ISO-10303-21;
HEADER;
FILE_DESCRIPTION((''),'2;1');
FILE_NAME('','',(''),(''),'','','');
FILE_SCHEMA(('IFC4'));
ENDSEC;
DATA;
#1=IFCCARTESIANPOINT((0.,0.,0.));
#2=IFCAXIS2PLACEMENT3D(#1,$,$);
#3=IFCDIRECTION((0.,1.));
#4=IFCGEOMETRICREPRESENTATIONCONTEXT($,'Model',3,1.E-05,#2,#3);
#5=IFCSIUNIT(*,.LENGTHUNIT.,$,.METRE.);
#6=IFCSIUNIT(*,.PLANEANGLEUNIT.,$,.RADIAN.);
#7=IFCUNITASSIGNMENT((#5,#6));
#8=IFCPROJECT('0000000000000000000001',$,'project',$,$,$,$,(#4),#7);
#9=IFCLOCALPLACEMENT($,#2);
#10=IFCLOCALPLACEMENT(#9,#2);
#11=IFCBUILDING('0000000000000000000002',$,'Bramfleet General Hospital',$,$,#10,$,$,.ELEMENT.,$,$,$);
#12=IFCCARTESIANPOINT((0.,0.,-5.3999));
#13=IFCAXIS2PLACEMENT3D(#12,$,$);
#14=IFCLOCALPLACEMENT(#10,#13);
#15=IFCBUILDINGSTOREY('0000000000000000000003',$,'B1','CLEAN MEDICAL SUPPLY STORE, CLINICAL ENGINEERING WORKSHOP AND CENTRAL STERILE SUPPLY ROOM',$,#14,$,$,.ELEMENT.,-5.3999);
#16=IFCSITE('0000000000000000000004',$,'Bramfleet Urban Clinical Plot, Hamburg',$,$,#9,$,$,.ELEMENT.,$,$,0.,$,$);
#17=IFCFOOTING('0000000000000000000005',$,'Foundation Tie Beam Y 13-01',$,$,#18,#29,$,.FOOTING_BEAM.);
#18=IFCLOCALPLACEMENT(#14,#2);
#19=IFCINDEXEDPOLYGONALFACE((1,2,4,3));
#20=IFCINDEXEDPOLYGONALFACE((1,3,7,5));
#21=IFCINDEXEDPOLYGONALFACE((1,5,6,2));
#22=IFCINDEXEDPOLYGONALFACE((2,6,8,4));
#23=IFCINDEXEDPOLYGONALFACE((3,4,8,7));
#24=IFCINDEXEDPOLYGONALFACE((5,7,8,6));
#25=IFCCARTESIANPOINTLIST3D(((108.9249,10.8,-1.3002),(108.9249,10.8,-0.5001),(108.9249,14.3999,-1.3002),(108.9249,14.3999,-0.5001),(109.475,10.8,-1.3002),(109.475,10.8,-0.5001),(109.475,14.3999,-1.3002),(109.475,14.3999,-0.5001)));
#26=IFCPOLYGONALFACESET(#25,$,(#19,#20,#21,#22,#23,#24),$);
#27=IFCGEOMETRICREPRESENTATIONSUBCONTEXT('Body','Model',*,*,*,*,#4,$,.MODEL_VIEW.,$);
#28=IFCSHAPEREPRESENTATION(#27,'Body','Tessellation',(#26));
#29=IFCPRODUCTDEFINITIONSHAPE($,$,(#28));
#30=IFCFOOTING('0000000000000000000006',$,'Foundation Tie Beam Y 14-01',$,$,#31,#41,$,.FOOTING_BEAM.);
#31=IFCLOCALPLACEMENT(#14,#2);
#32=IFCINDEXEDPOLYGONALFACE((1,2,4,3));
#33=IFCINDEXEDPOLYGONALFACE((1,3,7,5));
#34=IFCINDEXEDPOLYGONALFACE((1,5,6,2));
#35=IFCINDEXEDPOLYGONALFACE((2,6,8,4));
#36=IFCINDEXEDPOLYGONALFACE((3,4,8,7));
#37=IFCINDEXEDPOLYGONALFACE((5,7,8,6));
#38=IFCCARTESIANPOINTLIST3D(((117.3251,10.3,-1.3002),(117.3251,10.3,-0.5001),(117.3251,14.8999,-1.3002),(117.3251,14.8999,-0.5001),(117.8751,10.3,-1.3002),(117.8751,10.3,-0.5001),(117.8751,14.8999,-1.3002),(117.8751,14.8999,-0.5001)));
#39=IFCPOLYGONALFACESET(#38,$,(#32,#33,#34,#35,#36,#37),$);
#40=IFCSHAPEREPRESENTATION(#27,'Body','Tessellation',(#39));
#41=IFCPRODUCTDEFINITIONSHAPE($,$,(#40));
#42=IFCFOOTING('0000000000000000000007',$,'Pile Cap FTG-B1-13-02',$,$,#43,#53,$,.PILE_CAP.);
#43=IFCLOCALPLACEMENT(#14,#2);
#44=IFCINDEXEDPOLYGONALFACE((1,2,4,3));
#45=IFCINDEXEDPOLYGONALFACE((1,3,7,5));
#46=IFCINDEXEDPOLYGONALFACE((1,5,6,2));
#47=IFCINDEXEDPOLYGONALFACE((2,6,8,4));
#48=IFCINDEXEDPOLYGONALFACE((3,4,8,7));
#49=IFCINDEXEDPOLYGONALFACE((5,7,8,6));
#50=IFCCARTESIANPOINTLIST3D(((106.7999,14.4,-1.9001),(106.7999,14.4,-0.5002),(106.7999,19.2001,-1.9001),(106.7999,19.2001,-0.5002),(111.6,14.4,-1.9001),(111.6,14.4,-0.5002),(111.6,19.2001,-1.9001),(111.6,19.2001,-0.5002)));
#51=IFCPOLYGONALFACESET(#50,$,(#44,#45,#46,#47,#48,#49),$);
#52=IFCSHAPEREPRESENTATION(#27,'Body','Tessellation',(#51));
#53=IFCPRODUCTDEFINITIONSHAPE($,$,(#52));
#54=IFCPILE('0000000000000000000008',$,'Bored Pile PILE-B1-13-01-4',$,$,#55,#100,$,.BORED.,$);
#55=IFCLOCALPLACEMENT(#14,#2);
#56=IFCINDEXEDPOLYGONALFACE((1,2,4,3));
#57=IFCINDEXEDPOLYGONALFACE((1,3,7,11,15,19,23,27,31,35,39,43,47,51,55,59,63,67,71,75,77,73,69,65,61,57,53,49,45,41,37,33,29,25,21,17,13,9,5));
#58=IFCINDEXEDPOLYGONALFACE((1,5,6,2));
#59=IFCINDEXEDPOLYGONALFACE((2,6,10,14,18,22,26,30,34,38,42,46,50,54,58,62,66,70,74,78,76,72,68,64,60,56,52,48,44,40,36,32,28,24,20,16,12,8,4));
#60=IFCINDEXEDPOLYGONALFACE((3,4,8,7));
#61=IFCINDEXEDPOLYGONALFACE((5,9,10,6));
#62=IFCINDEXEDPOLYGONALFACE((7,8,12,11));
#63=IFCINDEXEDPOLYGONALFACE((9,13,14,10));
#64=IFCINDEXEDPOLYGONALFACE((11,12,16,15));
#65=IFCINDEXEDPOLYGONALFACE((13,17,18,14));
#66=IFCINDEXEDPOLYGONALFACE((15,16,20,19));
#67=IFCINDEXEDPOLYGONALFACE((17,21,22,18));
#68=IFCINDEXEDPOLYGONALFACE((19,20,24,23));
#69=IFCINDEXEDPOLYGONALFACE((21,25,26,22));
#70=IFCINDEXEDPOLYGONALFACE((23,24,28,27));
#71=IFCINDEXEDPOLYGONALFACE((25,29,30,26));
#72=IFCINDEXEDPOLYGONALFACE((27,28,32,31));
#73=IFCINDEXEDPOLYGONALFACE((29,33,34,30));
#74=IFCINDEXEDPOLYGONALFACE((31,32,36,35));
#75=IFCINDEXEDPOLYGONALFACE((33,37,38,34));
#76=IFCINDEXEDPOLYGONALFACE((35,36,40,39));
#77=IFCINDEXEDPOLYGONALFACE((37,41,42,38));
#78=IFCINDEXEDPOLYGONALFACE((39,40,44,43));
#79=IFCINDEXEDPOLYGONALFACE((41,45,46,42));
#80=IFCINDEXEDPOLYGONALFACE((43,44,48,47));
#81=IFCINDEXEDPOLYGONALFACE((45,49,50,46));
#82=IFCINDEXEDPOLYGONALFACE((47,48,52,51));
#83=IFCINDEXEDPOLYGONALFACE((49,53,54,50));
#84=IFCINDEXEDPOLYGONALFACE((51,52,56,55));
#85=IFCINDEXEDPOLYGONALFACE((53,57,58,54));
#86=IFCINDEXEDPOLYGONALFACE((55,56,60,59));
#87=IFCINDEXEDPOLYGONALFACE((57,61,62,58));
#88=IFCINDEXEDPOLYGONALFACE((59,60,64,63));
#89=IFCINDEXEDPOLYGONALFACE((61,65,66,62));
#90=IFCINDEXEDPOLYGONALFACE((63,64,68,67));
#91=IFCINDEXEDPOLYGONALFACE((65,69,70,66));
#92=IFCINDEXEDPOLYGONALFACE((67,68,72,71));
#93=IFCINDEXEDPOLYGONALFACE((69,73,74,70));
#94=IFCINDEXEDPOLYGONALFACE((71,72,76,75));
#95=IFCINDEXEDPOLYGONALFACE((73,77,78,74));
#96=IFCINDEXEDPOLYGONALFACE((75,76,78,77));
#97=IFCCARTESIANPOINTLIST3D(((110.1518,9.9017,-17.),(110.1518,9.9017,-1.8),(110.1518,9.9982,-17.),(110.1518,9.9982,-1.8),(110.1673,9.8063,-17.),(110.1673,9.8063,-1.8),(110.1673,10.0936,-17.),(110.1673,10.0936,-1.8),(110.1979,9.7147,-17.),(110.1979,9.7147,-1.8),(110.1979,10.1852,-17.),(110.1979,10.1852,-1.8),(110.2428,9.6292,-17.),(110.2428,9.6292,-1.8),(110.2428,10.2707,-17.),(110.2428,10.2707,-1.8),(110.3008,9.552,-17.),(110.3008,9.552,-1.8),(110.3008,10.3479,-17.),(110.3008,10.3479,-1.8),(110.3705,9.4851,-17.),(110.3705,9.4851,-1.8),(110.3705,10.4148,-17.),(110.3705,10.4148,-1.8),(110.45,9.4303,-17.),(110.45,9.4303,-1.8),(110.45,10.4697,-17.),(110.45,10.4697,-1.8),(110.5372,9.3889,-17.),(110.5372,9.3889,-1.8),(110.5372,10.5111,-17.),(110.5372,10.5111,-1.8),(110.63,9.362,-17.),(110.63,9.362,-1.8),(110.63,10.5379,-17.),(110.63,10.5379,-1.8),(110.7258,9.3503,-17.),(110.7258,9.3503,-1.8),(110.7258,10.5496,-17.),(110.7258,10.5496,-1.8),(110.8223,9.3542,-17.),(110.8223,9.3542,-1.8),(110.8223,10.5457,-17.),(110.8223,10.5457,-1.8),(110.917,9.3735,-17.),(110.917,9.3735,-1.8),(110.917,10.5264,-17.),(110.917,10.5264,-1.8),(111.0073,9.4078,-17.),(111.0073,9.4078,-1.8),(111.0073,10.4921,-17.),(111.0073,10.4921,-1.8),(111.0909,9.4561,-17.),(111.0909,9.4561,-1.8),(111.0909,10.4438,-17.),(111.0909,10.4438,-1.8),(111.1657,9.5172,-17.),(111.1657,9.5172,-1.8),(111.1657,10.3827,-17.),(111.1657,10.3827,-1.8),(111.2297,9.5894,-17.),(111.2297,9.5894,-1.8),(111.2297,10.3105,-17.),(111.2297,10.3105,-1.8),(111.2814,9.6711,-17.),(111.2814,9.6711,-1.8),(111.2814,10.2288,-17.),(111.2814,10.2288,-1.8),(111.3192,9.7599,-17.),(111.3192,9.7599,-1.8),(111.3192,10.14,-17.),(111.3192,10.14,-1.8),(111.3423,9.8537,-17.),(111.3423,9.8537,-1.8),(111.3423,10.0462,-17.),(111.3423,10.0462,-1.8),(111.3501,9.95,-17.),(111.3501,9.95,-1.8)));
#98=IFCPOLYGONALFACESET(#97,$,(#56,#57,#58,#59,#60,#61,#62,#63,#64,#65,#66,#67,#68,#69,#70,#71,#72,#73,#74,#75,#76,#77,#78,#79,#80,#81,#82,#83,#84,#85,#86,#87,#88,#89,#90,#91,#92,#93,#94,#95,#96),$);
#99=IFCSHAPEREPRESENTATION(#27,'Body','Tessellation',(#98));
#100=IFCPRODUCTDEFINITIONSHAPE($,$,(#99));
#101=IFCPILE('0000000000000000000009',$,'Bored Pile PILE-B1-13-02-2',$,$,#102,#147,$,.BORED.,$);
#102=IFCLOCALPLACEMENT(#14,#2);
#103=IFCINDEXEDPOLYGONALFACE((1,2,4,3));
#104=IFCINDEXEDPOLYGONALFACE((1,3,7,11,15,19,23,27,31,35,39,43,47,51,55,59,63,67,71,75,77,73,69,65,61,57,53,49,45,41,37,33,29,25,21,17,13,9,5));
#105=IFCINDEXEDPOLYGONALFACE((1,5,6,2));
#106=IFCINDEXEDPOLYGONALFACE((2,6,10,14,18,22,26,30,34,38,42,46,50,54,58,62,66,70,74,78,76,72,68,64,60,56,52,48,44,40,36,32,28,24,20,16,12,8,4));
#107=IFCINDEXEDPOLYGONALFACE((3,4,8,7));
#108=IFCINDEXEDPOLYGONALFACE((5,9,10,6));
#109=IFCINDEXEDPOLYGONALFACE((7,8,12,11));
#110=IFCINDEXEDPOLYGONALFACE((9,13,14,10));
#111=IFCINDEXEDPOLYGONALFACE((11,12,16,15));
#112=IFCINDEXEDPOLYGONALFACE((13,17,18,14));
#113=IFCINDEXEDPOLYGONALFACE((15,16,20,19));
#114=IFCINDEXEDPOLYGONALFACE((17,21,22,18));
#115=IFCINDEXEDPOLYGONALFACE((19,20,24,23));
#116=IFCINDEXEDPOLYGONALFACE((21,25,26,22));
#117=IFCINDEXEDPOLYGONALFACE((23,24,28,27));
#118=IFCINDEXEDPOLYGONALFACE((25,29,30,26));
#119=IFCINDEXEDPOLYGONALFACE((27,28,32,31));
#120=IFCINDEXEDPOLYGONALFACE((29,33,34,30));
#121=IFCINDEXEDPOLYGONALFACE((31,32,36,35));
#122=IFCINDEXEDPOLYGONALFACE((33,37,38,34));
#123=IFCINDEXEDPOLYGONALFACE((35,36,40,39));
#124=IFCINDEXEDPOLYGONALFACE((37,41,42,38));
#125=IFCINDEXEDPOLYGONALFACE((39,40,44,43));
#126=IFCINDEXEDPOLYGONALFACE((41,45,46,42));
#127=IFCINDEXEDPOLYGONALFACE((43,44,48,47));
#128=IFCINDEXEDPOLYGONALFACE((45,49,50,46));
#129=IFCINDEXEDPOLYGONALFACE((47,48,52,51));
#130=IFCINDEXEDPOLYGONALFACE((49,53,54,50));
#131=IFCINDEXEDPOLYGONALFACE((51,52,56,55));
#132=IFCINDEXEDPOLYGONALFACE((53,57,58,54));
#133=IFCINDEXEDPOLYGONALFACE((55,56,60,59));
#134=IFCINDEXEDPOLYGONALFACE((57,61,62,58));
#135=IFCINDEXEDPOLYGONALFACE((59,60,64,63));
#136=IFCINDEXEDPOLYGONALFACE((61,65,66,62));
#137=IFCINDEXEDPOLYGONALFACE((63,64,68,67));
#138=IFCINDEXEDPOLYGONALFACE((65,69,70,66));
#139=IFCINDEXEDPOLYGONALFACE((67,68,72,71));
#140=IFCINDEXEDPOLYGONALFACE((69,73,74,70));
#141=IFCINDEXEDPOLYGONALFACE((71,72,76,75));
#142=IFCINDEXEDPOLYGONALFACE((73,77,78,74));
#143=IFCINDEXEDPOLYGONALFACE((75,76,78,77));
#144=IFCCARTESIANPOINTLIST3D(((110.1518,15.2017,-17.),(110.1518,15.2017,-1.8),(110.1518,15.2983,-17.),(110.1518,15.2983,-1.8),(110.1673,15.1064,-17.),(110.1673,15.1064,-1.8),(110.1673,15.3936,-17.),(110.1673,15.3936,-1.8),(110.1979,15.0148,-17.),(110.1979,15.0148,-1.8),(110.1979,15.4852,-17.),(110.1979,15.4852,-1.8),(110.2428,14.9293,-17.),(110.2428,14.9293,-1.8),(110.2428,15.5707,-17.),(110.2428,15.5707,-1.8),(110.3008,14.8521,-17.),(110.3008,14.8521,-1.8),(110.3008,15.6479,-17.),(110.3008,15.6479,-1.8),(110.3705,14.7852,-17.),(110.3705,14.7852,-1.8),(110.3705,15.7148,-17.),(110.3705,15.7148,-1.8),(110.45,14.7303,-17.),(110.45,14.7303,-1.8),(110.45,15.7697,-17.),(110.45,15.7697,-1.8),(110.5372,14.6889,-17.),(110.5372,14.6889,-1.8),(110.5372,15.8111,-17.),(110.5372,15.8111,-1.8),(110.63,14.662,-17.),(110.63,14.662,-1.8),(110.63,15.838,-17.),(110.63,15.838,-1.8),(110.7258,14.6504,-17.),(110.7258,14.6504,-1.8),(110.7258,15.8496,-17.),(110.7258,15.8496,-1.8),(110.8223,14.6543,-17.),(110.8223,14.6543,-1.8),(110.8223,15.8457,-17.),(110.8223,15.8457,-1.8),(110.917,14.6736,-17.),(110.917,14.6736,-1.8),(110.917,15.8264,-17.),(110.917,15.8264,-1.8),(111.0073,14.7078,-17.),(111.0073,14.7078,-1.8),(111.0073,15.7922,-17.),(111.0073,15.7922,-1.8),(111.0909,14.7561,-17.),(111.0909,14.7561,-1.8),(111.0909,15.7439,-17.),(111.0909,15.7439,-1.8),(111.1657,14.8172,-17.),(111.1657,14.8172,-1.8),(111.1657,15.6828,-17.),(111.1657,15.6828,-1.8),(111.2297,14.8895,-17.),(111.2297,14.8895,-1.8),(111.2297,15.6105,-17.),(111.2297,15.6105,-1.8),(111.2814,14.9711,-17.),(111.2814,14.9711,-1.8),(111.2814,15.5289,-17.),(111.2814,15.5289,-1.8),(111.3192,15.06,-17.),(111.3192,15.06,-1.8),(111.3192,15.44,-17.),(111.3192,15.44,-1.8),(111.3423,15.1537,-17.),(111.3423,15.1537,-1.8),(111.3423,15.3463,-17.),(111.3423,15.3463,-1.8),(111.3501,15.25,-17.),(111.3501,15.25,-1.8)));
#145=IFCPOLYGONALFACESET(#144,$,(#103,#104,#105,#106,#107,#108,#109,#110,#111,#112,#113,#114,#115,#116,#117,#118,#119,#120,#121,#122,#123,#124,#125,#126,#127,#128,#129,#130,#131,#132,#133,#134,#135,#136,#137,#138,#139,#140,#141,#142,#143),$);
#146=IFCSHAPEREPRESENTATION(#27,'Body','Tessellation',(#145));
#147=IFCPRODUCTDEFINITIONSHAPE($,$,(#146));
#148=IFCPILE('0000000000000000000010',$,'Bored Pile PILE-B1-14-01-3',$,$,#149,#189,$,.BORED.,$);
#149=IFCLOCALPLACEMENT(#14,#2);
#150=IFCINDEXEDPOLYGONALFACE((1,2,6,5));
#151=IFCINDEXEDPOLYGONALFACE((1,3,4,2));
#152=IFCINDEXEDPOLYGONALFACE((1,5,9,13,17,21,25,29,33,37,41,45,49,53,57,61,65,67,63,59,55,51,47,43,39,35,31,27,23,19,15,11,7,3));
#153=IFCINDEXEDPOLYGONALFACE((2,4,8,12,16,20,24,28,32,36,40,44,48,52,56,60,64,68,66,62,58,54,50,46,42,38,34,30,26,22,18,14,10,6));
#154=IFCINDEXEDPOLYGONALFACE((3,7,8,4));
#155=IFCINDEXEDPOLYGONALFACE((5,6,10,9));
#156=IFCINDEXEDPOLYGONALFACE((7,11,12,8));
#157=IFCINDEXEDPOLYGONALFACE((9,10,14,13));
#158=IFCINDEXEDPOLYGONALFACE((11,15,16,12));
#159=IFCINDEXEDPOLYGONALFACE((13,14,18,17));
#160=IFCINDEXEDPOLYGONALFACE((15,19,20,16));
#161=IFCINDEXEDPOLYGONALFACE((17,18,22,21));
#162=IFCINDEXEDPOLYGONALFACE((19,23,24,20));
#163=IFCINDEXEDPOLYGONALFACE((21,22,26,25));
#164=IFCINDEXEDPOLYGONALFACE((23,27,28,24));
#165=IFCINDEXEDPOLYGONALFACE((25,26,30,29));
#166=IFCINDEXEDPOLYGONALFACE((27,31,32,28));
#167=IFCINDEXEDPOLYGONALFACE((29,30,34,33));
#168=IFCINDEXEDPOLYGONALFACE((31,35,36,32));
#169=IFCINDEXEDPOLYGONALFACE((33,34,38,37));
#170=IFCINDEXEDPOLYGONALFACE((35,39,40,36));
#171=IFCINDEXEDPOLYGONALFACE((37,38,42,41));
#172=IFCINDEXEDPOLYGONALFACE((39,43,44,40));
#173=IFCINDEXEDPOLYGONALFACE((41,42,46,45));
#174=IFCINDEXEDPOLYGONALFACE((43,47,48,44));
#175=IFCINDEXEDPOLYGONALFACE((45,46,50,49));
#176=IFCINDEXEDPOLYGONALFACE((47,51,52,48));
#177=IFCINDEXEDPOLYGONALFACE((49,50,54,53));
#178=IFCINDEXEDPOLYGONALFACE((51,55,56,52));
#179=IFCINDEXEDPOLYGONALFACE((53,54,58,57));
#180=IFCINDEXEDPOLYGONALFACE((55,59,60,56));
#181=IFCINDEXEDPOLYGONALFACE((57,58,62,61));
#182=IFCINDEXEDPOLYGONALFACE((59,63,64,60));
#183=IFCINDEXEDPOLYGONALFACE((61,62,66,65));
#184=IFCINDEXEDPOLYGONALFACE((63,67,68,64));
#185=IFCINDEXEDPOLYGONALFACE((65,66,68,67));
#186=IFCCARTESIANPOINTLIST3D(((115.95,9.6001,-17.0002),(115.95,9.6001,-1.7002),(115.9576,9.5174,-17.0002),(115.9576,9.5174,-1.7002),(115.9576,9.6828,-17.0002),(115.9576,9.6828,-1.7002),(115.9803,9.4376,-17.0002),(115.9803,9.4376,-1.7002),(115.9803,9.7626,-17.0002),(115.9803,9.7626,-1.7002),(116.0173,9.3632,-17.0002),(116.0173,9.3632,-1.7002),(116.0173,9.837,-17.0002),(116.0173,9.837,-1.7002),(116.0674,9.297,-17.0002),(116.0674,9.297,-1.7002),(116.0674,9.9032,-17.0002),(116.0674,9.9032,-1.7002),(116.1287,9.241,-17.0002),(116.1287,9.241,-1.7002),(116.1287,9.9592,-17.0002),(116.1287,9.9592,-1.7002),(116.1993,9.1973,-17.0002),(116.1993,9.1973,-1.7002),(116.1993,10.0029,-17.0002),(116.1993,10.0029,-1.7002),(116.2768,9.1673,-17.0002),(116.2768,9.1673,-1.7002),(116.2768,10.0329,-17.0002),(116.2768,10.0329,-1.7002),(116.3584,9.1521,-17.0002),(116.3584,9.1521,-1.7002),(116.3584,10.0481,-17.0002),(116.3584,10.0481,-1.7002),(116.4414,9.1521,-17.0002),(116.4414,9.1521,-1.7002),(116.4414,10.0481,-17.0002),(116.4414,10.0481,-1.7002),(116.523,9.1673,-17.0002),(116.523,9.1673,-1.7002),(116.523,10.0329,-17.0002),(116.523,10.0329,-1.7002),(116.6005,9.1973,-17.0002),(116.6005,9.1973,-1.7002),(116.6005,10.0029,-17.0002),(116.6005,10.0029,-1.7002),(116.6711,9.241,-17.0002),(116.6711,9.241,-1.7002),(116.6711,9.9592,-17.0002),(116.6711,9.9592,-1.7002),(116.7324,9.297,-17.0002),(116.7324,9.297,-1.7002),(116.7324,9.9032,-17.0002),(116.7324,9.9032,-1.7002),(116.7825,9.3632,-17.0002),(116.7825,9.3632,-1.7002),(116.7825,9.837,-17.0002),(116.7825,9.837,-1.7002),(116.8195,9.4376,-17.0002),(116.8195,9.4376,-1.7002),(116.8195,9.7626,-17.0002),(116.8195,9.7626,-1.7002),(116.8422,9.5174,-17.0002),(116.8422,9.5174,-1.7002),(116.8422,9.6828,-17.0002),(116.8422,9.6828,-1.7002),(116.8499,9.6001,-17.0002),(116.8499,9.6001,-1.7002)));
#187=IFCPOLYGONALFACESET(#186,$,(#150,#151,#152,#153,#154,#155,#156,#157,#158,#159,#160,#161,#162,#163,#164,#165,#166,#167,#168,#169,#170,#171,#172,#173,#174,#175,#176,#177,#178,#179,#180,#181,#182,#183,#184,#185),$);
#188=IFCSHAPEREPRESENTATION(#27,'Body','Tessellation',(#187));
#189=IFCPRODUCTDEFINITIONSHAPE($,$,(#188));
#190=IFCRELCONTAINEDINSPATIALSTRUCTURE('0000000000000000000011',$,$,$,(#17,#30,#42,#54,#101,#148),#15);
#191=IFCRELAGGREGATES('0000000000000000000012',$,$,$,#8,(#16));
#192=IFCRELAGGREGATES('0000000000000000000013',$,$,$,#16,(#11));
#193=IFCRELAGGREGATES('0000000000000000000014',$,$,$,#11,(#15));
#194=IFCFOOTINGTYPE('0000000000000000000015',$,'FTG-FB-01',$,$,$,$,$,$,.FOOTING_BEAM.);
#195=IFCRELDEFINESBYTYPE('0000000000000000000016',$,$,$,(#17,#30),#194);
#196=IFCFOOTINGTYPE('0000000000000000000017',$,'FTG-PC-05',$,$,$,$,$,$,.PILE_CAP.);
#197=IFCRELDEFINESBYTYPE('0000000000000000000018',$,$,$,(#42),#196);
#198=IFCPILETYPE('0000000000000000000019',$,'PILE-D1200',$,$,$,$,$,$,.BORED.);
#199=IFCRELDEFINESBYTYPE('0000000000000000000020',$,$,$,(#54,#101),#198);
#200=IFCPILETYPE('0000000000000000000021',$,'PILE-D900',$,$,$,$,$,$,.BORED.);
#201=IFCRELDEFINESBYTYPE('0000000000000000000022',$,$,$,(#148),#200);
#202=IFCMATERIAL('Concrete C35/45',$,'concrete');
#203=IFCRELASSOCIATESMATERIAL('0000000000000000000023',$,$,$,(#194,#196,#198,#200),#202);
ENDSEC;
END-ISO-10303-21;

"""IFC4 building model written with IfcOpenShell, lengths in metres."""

from ifc_helpers import new_model, si_unit, direction, frame, origin, origin_2d, place, context, subcontext, project, spatial, rectangle, circle, extrude, material, material_profile, profile_set, type_object, element, save


model = new_model("IFC4")

# Units and contexts
model_context = context("Model", 3, precision=1e-05, world=origin(), true_north=direction((0.0, 1.0)))
body_context = subcontext(model_context, "Body", "Model", "MODEL_VIEW")
ifc_project = project(units=[si_unit("LENGTHUNIT", "METRE"), si_unit("PLANEANGLEUNIT", "RADIAN")], contexts=[model_context])

# Site, building, storey
site_placement = place(None, origin())
site = spatial("IfcSite", under=ifc_project, at=site_placement, Name="Bramfleet Urban Clinical Plot, Hamburg", CompositionType="ELEMENT", RefElevation=0.0)
building_placement = place(site_placement, origin())
building = spatial("IfcBuilding", under=site, at=building_placement, Name="Bramfleet General Hospital", CompositionType="ELEMENT")
storey_placement = place(building_placement, frame((0.0, 0.0, -5.3999)))
storey = spatial("IfcBuildingStorey", under=building, at=storey_placement, Name="B1", Description="CLEAN MEDICAL SUPPLY STORE, CLINICAL ENGINEERING WORKSHOP AND CENTRAL STERILE SUPPLY ROOM", CompositionType="ELEMENT", Elevation=-5.3999)

# Footings
ifc_material_1 = material(Name="Concrete C35/45", Category="concrete")
ifc_material_profile_1 = material_profile(ifc_material_1, rectangle(XDim=0.55, YDim=0.8, at=origin_2d()), Name="RC FB 800x550")
ifc_profile_set_1 = profile_set([ifc_material_profile_1], Name="Concrete C35/45")
footing_type_1 = type_object("IfcFootingType", Name="FTG-FB-01", PredefinedType="FOOTING_BEAM", material=ifc_profile_set_1)
footing_1_placement = place(storey_placement, frame((109.2, 10.8, -0.9001), z_axis=(0.0, 1.0, 0.0), x_axis=(-1.0, 0.0, 0.0)))
element("IfcFooting", 1, at=footing_1_placement, inside=storey, type_object=footing_type_1, Name="Foundation Tie Beam Y 13-01", PredefinedType="FOOTING_BEAM", context=body_context, shape_type="SweptSolid", body=[
    extrude(rectangle(XDim=0.55, YDim=0.8, at=origin_2d()), origin(), (0.0, 0.0, 1.0), 3.5999),
])
footing_2_placement = place(storey_placement, frame((117.6001, 10.3, -0.9001), z_axis=(0.0, 1.0, 0.0), x_axis=(-1.0, 0.0, 0.0)))
element("IfcFooting", 2, at=footing_2_placement, inside=storey, type_object=footing_type_1, Name="Foundation Tie Beam Y 14-01", PredefinedType="FOOTING_BEAM", context=body_context, shape_type="SweptSolid", body=[
    extrude(rectangle(XDim=0.55, YDim=0.8, at=origin_2d()), origin(), (0.0, 0.0, 1.0), 4.5999),
])
footing_type_2 = type_object("IfcFootingType", Name="FTG-PC-05", PredefinedType="PILE_CAP", material=ifc_material_1)
footing_3_placement = place(storey_placement, frame((109.2, 16.8, -1.9001), z_axis=(0.0, 0.0, 1.0), x_axis=(1.0, 0.0, 0.0)))
element("IfcFooting", 3, at=footing_3_placement, inside=storey, type_object=footing_type_2, Name="Pile Cap FTG-B1-13-02", PredefinedType="PILE_CAP", context=body_context, shape_type="SweptSolid", body=[
    extrude(rectangle(XDim=4.8, YDim=4.8, at=origin_2d()), origin(), (0.0, 0.0, 1.0), 1.3999),
])

# Piles
ifc_material_profile_2 = material_profile(ifc_material_1, circle(Radius=0.6001, at=origin_2d()), Name="PILE BORED D1200")
ifc_profile_set_2 = profile_set([ifc_material_profile_2], Name="Concrete C35/45")
pile_type_1 = type_object("IfcPileType", Name="PILE-D1200", PredefinedType="BORED", material=ifc_profile_set_2)
for number, where, z_axis, x_axis, name in (
    (4, (110.75, 9.95, -1.8), (0.0, 0.0, -1.0), (1.0, 0.0, 0.0), "Bored Pile PILE-B1-13-01-4"),
    (5, (110.75, 15.25, -1.8), (0.0, 0.0, -1.0), (1.0, 0.0, 0.0), "Bored Pile PILE-B1-13-02-2"),
):
    element("IfcPile", number, at=place(storey_placement, frame(where, z_axis=z_axis, x_axis=x_axis)), inside=storey, type_object=pile_type_1, Name=name, PredefinedType="BORED", context=body_context, shape_type="SweptSolid", body=[
        extrude(circle(Radius=0.6001, at=origin_2d()), origin(), (0.0, 0.0, 1.0), 15.2),
    ])
ifc_material_profile_3 = material_profile(ifc_material_1, circle(Radius=0.45, at=origin_2d()), Name="PILE BORED D900")
ifc_profile_set_3 = profile_set([ifc_material_profile_3], Name="Concrete C35/45")
pile_type_2 = type_object("IfcPileType", Name="PILE-D900", PredefinedType="BORED", material=ifc_profile_set_3)
for number, where, z_axis, x_axis, name in (
    (6, (116.3999, 9.6001, -1.7002), (0.0, 0.0, -1.0), (1.0, 0.0, 0.0), "Bored Pile PILE-B1-14-01-3"),
):
    element("IfcPile", number, at=place(storey_placement, frame(where, z_axis=z_axis, x_axis=x_axis)), inside=storey, type_object=pile_type_2, Name=name, PredefinedType="BORED", context=body_context, shape_type="SweptSolid", body=[
        extrude(circle(Radius=0.45, at=origin_2d()), origin(), (0.0, 0.0, 1.0), 15.3),
    ])

save(model, "model.ifc")
